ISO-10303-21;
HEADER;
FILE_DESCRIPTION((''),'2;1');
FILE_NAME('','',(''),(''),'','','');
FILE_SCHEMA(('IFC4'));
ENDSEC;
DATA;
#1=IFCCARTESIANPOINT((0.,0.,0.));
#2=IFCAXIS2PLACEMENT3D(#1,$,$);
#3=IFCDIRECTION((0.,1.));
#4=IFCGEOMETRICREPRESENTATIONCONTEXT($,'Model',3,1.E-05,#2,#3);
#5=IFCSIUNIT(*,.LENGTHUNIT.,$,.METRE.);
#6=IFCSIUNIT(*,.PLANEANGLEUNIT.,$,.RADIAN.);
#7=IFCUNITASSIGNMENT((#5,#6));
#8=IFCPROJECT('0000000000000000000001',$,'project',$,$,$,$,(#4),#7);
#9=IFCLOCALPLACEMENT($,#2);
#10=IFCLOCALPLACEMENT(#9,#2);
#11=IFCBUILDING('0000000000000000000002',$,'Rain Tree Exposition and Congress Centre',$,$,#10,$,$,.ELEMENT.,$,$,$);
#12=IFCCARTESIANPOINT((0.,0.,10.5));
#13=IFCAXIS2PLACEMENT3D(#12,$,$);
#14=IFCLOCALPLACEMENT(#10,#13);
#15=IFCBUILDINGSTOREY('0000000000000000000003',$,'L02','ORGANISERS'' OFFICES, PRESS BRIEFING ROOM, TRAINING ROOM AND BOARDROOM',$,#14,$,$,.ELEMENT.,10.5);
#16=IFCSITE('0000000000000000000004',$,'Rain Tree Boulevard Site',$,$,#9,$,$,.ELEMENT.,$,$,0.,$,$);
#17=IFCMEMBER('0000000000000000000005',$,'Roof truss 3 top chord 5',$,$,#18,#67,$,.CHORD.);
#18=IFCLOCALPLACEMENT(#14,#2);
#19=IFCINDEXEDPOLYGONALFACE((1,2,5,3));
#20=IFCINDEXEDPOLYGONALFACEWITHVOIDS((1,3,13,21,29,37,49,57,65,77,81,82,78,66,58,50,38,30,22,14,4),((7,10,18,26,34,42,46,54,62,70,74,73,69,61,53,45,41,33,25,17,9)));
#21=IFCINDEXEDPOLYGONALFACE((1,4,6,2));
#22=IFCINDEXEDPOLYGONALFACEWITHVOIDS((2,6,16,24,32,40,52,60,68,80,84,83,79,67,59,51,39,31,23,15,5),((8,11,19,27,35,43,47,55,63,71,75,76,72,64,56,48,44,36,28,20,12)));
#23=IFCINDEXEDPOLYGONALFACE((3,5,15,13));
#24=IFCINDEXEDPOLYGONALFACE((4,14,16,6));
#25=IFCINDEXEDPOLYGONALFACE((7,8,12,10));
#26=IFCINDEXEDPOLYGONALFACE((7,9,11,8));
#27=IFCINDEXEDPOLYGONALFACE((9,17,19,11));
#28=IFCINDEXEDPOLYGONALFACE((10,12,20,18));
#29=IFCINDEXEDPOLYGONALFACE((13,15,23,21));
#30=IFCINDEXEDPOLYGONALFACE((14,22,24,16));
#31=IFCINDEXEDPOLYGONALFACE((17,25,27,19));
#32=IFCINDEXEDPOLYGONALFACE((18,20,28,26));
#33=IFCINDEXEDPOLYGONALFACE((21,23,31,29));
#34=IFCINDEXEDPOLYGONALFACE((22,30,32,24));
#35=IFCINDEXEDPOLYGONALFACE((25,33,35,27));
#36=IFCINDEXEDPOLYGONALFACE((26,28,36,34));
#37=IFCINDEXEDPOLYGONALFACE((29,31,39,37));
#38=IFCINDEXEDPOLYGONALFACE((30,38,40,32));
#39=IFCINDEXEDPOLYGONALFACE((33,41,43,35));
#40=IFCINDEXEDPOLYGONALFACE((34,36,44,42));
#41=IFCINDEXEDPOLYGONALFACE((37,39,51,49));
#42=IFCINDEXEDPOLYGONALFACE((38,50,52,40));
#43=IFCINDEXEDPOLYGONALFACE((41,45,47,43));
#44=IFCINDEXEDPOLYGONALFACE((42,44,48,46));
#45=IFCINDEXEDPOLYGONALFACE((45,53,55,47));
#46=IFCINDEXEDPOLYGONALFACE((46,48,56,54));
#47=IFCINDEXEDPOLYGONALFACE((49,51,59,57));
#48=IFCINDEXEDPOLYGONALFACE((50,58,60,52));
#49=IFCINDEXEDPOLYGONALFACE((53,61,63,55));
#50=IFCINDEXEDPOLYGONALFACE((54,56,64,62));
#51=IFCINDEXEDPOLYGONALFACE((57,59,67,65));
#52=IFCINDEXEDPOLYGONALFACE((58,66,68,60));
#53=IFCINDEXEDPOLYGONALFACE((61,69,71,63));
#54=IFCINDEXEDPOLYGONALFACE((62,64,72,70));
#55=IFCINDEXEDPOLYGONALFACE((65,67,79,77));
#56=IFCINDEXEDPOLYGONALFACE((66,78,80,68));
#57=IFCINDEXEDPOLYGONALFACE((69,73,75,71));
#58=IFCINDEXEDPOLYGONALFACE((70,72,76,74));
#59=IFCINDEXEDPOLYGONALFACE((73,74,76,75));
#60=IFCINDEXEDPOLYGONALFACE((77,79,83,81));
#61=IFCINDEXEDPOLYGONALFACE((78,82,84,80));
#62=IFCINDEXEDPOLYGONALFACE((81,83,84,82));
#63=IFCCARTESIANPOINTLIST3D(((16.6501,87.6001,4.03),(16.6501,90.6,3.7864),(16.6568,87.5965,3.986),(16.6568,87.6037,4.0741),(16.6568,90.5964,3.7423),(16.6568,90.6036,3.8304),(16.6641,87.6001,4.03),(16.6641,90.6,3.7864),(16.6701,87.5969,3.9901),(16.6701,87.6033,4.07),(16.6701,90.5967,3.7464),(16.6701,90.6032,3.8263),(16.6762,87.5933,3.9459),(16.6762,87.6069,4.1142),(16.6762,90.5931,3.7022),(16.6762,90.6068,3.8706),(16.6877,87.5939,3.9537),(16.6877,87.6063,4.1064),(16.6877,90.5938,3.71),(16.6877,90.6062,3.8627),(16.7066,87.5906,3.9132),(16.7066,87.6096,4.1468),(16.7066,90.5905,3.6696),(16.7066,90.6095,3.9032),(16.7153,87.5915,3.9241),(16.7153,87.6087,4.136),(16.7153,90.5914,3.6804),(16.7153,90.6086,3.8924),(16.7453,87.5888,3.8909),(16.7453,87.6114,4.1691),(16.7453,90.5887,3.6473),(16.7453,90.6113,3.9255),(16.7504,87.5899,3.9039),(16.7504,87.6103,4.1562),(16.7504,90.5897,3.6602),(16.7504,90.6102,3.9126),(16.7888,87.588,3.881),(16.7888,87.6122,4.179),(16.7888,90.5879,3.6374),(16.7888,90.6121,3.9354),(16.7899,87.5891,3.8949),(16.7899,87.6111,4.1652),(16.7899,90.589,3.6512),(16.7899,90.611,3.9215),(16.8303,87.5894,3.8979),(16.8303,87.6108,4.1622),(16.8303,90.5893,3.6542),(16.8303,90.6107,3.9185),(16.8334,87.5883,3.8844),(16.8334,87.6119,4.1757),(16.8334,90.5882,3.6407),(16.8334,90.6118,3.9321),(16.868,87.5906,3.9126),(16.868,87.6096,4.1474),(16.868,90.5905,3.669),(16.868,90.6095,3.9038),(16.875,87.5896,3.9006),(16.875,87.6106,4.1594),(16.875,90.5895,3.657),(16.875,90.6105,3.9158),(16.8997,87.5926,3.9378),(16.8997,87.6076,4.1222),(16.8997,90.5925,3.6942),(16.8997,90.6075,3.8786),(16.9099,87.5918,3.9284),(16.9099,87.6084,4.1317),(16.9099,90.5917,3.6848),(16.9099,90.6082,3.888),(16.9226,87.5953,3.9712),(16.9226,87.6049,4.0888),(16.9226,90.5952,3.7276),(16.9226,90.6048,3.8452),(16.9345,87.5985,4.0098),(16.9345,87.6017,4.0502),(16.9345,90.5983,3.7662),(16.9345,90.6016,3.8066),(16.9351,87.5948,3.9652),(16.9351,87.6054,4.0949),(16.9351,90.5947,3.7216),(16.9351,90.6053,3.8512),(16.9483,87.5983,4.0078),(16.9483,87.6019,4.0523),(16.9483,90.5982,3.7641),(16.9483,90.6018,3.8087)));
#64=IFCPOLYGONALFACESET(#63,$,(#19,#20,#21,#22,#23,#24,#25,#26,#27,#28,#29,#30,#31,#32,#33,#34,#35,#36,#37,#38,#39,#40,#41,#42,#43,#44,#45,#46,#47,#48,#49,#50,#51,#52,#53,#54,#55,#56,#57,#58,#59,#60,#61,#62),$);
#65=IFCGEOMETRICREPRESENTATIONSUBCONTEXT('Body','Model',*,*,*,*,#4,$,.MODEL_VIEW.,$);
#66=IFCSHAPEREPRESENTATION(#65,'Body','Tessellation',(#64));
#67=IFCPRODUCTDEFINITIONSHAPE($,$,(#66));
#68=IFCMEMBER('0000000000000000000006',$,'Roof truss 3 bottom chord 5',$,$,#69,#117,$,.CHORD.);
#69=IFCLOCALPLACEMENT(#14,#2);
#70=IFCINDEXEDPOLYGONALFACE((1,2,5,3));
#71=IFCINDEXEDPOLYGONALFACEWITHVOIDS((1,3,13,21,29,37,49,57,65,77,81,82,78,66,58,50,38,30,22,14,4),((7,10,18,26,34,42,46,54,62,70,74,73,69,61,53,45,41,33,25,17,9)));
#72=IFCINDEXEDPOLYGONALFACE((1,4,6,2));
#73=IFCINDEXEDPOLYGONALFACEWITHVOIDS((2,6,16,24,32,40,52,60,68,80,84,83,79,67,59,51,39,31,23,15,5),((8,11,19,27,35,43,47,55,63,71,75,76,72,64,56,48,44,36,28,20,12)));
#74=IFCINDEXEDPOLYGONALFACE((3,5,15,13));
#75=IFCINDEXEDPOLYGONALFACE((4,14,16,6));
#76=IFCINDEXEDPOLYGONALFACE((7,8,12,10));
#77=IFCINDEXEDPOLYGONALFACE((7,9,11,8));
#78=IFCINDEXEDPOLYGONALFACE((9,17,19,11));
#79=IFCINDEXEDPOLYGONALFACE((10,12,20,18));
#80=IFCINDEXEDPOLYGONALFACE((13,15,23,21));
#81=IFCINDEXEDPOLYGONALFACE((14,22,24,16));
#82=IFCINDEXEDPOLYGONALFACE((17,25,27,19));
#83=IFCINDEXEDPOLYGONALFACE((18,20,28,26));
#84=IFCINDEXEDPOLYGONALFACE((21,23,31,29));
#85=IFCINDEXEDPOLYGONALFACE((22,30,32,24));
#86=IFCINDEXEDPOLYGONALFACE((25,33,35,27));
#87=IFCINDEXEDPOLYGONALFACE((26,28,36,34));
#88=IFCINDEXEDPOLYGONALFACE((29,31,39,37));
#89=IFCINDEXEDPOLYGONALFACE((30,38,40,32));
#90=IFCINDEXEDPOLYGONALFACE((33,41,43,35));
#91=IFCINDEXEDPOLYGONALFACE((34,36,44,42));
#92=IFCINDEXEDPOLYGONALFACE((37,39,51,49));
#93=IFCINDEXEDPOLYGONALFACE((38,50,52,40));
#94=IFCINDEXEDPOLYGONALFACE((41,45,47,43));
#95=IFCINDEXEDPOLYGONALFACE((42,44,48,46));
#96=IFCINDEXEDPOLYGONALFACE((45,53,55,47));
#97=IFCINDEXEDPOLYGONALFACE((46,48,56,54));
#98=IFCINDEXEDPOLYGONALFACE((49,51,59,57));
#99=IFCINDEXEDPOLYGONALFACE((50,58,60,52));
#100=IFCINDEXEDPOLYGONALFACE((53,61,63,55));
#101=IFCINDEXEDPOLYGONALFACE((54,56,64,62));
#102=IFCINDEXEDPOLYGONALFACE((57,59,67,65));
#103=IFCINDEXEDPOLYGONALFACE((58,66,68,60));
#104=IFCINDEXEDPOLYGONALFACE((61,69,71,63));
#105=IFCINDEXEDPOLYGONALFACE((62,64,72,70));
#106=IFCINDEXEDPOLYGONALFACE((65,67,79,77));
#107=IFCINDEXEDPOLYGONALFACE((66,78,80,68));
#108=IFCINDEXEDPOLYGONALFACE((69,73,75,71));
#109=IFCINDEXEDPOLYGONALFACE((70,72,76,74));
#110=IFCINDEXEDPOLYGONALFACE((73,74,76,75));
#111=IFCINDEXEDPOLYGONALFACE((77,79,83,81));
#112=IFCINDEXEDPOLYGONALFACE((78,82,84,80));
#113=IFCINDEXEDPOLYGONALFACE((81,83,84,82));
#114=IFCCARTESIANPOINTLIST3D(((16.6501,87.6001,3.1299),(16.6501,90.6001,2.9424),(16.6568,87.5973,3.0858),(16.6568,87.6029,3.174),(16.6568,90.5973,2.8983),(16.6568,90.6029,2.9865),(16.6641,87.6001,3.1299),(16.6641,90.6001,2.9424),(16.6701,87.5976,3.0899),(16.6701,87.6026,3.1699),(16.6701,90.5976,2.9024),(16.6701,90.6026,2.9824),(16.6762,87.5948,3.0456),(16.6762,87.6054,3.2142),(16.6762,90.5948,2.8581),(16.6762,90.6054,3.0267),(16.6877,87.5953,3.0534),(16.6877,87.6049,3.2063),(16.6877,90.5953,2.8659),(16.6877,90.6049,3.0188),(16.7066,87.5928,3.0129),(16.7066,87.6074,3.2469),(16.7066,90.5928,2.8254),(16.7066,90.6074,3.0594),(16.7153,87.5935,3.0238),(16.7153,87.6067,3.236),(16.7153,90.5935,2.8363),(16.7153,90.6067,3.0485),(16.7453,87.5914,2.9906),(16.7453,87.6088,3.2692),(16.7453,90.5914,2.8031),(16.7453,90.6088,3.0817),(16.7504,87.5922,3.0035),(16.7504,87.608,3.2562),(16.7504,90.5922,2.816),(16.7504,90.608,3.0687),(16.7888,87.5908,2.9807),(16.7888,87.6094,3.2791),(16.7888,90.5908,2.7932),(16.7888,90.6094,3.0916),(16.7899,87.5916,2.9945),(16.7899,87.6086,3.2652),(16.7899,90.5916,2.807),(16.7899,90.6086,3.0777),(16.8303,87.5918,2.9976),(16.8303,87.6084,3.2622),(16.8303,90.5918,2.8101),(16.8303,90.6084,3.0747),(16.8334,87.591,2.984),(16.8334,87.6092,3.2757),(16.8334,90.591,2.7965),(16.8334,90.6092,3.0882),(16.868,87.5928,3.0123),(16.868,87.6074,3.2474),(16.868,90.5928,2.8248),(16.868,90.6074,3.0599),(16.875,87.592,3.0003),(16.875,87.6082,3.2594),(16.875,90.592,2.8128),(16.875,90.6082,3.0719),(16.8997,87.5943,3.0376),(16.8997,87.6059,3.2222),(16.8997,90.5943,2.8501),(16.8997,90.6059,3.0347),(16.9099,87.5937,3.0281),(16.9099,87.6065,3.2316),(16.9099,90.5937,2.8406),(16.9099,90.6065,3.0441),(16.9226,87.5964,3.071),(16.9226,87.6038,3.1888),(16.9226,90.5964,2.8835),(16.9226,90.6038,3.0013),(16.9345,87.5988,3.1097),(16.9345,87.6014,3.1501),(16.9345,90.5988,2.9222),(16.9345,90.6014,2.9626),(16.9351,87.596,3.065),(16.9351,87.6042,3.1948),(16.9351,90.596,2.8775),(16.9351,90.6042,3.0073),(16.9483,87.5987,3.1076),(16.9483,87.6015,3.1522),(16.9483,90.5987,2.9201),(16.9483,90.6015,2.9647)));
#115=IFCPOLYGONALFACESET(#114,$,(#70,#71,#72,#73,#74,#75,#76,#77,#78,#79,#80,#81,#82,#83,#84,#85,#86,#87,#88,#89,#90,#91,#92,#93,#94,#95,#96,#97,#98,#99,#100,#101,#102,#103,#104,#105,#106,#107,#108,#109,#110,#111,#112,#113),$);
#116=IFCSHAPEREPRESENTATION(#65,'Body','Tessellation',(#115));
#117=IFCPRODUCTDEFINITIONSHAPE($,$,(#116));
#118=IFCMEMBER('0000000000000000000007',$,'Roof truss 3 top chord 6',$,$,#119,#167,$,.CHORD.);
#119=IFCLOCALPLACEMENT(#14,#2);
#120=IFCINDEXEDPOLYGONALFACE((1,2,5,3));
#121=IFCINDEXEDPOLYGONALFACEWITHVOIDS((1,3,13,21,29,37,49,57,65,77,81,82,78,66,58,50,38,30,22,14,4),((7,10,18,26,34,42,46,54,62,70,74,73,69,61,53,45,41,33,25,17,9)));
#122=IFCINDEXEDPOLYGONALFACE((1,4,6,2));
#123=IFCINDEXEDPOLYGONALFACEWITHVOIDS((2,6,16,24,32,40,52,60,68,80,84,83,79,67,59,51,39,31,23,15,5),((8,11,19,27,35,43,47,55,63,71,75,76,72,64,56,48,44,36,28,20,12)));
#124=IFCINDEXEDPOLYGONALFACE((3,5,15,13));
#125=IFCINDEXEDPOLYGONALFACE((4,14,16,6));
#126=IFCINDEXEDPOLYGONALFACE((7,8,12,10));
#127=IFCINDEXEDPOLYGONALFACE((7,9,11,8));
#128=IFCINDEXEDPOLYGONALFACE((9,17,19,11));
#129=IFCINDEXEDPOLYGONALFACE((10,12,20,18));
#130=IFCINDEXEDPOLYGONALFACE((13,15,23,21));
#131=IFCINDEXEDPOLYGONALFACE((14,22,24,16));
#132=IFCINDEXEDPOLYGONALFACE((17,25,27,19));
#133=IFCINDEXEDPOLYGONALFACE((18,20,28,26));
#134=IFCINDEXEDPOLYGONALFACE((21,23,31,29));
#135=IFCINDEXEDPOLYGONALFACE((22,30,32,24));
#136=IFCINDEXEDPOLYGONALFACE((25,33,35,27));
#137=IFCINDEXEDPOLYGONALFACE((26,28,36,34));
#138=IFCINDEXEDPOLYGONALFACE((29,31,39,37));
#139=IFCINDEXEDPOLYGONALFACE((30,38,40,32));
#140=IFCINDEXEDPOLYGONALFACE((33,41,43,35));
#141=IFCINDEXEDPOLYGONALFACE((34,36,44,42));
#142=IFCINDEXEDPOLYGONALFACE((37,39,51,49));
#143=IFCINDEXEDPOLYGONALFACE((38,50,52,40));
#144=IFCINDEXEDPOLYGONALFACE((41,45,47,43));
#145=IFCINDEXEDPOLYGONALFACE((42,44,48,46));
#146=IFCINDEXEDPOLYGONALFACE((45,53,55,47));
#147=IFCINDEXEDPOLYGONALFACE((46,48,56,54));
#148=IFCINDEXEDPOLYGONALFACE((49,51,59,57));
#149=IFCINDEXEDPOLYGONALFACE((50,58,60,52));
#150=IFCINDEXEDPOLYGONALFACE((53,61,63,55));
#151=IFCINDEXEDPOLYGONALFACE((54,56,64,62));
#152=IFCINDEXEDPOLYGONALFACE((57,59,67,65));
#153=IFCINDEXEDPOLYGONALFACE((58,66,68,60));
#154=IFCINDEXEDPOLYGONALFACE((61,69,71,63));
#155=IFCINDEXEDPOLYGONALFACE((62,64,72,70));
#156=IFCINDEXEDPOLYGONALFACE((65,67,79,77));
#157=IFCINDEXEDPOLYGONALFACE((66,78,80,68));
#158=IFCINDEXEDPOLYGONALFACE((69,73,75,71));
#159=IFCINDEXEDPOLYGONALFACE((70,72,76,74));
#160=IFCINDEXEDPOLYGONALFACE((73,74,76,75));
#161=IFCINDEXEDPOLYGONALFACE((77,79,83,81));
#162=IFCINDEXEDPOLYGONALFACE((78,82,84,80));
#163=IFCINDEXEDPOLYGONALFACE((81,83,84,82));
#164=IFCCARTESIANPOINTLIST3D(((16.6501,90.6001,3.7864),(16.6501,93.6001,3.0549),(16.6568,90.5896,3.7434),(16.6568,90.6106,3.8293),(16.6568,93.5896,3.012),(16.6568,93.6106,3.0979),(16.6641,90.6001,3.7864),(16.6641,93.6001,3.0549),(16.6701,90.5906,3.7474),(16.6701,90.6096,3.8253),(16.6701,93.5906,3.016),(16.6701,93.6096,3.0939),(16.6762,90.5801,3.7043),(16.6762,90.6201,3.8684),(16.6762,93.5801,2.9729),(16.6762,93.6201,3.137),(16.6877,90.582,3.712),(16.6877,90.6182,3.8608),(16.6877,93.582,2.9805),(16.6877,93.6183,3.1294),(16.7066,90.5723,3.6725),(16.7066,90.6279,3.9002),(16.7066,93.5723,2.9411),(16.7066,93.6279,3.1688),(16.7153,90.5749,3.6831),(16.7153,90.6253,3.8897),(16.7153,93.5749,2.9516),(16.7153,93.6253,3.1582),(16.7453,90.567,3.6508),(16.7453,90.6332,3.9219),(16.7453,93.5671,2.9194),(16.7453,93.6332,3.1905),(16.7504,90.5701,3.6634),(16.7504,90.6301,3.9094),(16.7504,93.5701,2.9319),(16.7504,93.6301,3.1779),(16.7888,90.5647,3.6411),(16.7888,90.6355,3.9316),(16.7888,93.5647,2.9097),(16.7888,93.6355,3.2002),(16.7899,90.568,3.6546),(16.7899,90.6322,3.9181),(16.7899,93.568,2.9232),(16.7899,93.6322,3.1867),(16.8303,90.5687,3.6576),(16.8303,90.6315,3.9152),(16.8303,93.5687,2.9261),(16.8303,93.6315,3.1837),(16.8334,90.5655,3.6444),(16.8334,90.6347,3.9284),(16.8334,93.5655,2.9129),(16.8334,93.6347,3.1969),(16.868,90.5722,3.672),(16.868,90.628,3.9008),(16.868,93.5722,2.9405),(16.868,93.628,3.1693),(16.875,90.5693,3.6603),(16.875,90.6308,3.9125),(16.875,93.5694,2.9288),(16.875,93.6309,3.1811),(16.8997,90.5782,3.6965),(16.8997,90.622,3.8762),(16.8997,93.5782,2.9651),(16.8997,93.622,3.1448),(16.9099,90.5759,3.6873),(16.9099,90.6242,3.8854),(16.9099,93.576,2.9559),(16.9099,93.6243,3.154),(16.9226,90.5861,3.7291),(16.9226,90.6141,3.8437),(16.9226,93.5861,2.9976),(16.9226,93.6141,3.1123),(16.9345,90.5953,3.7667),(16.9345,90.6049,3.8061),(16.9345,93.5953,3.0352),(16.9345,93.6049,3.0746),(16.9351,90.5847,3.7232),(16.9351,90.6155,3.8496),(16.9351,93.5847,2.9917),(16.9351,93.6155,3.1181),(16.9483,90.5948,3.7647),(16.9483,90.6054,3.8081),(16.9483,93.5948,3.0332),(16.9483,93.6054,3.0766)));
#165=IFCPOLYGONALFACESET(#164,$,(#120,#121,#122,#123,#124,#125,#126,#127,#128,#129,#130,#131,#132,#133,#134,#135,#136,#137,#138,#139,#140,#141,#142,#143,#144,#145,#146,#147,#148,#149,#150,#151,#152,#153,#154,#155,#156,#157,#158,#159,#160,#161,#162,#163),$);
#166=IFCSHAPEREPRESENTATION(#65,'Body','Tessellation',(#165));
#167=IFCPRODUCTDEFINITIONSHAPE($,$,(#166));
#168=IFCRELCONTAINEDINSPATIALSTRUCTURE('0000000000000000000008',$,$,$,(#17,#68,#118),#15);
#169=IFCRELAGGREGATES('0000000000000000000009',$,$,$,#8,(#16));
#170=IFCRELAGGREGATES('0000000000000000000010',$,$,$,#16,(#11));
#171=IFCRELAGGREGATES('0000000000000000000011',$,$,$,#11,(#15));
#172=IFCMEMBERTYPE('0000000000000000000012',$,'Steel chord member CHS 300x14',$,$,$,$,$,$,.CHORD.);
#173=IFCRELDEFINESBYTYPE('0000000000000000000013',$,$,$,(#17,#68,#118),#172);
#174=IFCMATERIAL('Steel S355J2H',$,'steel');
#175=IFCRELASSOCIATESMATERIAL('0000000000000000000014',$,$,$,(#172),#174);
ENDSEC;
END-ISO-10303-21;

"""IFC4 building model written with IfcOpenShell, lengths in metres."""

from ifc_helpers import new_model, si_unit, direction, frame, origin, origin_2d, place, context, subcontext, project, spatial, hollow_circle, extrude, material, material_profile, profile_set, type_object, element, save


model = new_model("IFC4")

# Units and contexts
model_context = context("Model", 3, precision=1e-05, world=origin(), true_north=direction((0.0, 1.0)))
body_context = subcontext(model_context, "Body", "Model", "MODEL_VIEW")
ifc_project = project(units=[si_unit("LENGTHUNIT", "METRE"), si_unit("PLANEANGLEUNIT", "RADIAN")], contexts=[model_context])

# Site, building, storey
site_placement = place(None, origin())
site = spatial("IfcSite", under=ifc_project, at=site_placement, Name="Rain Tree Boulevard Site", CompositionType="ELEMENT", RefElevation=0.0)
building_placement = place(site_placement, origin())
building = spatial("IfcBuilding", under=site, at=building_placement, Name="Rain Tree Exposition and Congress Centre", CompositionType="ELEMENT")
storey_placement = place(building_placement, frame((0.0, 0.0, 10.5)))
storey = spatial("IfcBuildingStorey", under=building, at=storey_placement, Name="L02", Description="ORGANISERS' OFFICES, PRESS BRIEFING ROOM, TRAINING ROOM AND BOARDROOM", CompositionType="ELEMENT", Elevation=10.5)

# Members
ifc_material_1 = material(Name="Steel S355J2H", Category="steel")
ifc_material_profile_1 = material_profile(ifc_material_1, hollow_circle(Radius=0.1499, WallThickness=0.0139, at=origin_2d()), Name="CHS 300x14")
ifc_profile_set_1 = profile_set([ifc_material_profile_1], Name="Steel S355J2H")
member_type_1 = type_object("IfcMemberType", Name="Steel chord member CHS 300x14", PredefinedType="CHORD", material=ifc_profile_set_1)
member_1_placement = place(storey_placement, frame((16.8, 87.6001, 4.03), z_axis=(0.0, 0.996718, -0.080951), x_axis=(-1.0, 0.0, 0.0)))
element("IfcMember", 1, at=member_1_placement, inside=storey, type_object=member_type_1, Name="Roof truss 3 top chord 5", PredefinedType="CHORD", context=body_context, shape_type="SweptSolid", body=[
    extrude(hollow_circle(Radius=0.1499, WallThickness=0.0139, at=origin_2d()), origin(), (0.0, 0.0, 1.0), 3.0098),
])
member_2_placement = place(storey_placement, frame((16.8, 87.6001, 3.1299), z_axis=(0.0, 0.998053, -0.062378), x_axis=(-1.0, 0.0, 0.0)))
element("IfcMember", 2, at=member_2_placement, inside=storey, type_object=member_type_1, Name="Roof truss 3 bottom chord 5", PredefinedType="CHORD", context=body_context, shape_type="SweptSolid", body=[
    extrude(hollow_circle(Radius=0.1499, WallThickness=0.0139, at=origin_2d()), origin(), (0.0, 0.0, 1.0), 3.0059),
])
member_3_placement = place(storey_placement, frame((16.8, 90.6001, 3.7864), z_axis=(0.0, 0.97154, -0.236876), x_axis=(-1.0, 0.0, 0.0)))
element("IfcMember", 3, at=member_3_placement, inside=storey, type_object=member_type_1, Name="Roof truss 3 top chord 6", PredefinedType="CHORD", context=body_context, shape_type="SweptSolid", body=[
    extrude(hollow_circle(Radius=0.1499, WallThickness=0.0139, at=origin_2d()), origin(), (0.0, 0.0, 1.0), 3.0879),
])

save(model, "model.ifc")
